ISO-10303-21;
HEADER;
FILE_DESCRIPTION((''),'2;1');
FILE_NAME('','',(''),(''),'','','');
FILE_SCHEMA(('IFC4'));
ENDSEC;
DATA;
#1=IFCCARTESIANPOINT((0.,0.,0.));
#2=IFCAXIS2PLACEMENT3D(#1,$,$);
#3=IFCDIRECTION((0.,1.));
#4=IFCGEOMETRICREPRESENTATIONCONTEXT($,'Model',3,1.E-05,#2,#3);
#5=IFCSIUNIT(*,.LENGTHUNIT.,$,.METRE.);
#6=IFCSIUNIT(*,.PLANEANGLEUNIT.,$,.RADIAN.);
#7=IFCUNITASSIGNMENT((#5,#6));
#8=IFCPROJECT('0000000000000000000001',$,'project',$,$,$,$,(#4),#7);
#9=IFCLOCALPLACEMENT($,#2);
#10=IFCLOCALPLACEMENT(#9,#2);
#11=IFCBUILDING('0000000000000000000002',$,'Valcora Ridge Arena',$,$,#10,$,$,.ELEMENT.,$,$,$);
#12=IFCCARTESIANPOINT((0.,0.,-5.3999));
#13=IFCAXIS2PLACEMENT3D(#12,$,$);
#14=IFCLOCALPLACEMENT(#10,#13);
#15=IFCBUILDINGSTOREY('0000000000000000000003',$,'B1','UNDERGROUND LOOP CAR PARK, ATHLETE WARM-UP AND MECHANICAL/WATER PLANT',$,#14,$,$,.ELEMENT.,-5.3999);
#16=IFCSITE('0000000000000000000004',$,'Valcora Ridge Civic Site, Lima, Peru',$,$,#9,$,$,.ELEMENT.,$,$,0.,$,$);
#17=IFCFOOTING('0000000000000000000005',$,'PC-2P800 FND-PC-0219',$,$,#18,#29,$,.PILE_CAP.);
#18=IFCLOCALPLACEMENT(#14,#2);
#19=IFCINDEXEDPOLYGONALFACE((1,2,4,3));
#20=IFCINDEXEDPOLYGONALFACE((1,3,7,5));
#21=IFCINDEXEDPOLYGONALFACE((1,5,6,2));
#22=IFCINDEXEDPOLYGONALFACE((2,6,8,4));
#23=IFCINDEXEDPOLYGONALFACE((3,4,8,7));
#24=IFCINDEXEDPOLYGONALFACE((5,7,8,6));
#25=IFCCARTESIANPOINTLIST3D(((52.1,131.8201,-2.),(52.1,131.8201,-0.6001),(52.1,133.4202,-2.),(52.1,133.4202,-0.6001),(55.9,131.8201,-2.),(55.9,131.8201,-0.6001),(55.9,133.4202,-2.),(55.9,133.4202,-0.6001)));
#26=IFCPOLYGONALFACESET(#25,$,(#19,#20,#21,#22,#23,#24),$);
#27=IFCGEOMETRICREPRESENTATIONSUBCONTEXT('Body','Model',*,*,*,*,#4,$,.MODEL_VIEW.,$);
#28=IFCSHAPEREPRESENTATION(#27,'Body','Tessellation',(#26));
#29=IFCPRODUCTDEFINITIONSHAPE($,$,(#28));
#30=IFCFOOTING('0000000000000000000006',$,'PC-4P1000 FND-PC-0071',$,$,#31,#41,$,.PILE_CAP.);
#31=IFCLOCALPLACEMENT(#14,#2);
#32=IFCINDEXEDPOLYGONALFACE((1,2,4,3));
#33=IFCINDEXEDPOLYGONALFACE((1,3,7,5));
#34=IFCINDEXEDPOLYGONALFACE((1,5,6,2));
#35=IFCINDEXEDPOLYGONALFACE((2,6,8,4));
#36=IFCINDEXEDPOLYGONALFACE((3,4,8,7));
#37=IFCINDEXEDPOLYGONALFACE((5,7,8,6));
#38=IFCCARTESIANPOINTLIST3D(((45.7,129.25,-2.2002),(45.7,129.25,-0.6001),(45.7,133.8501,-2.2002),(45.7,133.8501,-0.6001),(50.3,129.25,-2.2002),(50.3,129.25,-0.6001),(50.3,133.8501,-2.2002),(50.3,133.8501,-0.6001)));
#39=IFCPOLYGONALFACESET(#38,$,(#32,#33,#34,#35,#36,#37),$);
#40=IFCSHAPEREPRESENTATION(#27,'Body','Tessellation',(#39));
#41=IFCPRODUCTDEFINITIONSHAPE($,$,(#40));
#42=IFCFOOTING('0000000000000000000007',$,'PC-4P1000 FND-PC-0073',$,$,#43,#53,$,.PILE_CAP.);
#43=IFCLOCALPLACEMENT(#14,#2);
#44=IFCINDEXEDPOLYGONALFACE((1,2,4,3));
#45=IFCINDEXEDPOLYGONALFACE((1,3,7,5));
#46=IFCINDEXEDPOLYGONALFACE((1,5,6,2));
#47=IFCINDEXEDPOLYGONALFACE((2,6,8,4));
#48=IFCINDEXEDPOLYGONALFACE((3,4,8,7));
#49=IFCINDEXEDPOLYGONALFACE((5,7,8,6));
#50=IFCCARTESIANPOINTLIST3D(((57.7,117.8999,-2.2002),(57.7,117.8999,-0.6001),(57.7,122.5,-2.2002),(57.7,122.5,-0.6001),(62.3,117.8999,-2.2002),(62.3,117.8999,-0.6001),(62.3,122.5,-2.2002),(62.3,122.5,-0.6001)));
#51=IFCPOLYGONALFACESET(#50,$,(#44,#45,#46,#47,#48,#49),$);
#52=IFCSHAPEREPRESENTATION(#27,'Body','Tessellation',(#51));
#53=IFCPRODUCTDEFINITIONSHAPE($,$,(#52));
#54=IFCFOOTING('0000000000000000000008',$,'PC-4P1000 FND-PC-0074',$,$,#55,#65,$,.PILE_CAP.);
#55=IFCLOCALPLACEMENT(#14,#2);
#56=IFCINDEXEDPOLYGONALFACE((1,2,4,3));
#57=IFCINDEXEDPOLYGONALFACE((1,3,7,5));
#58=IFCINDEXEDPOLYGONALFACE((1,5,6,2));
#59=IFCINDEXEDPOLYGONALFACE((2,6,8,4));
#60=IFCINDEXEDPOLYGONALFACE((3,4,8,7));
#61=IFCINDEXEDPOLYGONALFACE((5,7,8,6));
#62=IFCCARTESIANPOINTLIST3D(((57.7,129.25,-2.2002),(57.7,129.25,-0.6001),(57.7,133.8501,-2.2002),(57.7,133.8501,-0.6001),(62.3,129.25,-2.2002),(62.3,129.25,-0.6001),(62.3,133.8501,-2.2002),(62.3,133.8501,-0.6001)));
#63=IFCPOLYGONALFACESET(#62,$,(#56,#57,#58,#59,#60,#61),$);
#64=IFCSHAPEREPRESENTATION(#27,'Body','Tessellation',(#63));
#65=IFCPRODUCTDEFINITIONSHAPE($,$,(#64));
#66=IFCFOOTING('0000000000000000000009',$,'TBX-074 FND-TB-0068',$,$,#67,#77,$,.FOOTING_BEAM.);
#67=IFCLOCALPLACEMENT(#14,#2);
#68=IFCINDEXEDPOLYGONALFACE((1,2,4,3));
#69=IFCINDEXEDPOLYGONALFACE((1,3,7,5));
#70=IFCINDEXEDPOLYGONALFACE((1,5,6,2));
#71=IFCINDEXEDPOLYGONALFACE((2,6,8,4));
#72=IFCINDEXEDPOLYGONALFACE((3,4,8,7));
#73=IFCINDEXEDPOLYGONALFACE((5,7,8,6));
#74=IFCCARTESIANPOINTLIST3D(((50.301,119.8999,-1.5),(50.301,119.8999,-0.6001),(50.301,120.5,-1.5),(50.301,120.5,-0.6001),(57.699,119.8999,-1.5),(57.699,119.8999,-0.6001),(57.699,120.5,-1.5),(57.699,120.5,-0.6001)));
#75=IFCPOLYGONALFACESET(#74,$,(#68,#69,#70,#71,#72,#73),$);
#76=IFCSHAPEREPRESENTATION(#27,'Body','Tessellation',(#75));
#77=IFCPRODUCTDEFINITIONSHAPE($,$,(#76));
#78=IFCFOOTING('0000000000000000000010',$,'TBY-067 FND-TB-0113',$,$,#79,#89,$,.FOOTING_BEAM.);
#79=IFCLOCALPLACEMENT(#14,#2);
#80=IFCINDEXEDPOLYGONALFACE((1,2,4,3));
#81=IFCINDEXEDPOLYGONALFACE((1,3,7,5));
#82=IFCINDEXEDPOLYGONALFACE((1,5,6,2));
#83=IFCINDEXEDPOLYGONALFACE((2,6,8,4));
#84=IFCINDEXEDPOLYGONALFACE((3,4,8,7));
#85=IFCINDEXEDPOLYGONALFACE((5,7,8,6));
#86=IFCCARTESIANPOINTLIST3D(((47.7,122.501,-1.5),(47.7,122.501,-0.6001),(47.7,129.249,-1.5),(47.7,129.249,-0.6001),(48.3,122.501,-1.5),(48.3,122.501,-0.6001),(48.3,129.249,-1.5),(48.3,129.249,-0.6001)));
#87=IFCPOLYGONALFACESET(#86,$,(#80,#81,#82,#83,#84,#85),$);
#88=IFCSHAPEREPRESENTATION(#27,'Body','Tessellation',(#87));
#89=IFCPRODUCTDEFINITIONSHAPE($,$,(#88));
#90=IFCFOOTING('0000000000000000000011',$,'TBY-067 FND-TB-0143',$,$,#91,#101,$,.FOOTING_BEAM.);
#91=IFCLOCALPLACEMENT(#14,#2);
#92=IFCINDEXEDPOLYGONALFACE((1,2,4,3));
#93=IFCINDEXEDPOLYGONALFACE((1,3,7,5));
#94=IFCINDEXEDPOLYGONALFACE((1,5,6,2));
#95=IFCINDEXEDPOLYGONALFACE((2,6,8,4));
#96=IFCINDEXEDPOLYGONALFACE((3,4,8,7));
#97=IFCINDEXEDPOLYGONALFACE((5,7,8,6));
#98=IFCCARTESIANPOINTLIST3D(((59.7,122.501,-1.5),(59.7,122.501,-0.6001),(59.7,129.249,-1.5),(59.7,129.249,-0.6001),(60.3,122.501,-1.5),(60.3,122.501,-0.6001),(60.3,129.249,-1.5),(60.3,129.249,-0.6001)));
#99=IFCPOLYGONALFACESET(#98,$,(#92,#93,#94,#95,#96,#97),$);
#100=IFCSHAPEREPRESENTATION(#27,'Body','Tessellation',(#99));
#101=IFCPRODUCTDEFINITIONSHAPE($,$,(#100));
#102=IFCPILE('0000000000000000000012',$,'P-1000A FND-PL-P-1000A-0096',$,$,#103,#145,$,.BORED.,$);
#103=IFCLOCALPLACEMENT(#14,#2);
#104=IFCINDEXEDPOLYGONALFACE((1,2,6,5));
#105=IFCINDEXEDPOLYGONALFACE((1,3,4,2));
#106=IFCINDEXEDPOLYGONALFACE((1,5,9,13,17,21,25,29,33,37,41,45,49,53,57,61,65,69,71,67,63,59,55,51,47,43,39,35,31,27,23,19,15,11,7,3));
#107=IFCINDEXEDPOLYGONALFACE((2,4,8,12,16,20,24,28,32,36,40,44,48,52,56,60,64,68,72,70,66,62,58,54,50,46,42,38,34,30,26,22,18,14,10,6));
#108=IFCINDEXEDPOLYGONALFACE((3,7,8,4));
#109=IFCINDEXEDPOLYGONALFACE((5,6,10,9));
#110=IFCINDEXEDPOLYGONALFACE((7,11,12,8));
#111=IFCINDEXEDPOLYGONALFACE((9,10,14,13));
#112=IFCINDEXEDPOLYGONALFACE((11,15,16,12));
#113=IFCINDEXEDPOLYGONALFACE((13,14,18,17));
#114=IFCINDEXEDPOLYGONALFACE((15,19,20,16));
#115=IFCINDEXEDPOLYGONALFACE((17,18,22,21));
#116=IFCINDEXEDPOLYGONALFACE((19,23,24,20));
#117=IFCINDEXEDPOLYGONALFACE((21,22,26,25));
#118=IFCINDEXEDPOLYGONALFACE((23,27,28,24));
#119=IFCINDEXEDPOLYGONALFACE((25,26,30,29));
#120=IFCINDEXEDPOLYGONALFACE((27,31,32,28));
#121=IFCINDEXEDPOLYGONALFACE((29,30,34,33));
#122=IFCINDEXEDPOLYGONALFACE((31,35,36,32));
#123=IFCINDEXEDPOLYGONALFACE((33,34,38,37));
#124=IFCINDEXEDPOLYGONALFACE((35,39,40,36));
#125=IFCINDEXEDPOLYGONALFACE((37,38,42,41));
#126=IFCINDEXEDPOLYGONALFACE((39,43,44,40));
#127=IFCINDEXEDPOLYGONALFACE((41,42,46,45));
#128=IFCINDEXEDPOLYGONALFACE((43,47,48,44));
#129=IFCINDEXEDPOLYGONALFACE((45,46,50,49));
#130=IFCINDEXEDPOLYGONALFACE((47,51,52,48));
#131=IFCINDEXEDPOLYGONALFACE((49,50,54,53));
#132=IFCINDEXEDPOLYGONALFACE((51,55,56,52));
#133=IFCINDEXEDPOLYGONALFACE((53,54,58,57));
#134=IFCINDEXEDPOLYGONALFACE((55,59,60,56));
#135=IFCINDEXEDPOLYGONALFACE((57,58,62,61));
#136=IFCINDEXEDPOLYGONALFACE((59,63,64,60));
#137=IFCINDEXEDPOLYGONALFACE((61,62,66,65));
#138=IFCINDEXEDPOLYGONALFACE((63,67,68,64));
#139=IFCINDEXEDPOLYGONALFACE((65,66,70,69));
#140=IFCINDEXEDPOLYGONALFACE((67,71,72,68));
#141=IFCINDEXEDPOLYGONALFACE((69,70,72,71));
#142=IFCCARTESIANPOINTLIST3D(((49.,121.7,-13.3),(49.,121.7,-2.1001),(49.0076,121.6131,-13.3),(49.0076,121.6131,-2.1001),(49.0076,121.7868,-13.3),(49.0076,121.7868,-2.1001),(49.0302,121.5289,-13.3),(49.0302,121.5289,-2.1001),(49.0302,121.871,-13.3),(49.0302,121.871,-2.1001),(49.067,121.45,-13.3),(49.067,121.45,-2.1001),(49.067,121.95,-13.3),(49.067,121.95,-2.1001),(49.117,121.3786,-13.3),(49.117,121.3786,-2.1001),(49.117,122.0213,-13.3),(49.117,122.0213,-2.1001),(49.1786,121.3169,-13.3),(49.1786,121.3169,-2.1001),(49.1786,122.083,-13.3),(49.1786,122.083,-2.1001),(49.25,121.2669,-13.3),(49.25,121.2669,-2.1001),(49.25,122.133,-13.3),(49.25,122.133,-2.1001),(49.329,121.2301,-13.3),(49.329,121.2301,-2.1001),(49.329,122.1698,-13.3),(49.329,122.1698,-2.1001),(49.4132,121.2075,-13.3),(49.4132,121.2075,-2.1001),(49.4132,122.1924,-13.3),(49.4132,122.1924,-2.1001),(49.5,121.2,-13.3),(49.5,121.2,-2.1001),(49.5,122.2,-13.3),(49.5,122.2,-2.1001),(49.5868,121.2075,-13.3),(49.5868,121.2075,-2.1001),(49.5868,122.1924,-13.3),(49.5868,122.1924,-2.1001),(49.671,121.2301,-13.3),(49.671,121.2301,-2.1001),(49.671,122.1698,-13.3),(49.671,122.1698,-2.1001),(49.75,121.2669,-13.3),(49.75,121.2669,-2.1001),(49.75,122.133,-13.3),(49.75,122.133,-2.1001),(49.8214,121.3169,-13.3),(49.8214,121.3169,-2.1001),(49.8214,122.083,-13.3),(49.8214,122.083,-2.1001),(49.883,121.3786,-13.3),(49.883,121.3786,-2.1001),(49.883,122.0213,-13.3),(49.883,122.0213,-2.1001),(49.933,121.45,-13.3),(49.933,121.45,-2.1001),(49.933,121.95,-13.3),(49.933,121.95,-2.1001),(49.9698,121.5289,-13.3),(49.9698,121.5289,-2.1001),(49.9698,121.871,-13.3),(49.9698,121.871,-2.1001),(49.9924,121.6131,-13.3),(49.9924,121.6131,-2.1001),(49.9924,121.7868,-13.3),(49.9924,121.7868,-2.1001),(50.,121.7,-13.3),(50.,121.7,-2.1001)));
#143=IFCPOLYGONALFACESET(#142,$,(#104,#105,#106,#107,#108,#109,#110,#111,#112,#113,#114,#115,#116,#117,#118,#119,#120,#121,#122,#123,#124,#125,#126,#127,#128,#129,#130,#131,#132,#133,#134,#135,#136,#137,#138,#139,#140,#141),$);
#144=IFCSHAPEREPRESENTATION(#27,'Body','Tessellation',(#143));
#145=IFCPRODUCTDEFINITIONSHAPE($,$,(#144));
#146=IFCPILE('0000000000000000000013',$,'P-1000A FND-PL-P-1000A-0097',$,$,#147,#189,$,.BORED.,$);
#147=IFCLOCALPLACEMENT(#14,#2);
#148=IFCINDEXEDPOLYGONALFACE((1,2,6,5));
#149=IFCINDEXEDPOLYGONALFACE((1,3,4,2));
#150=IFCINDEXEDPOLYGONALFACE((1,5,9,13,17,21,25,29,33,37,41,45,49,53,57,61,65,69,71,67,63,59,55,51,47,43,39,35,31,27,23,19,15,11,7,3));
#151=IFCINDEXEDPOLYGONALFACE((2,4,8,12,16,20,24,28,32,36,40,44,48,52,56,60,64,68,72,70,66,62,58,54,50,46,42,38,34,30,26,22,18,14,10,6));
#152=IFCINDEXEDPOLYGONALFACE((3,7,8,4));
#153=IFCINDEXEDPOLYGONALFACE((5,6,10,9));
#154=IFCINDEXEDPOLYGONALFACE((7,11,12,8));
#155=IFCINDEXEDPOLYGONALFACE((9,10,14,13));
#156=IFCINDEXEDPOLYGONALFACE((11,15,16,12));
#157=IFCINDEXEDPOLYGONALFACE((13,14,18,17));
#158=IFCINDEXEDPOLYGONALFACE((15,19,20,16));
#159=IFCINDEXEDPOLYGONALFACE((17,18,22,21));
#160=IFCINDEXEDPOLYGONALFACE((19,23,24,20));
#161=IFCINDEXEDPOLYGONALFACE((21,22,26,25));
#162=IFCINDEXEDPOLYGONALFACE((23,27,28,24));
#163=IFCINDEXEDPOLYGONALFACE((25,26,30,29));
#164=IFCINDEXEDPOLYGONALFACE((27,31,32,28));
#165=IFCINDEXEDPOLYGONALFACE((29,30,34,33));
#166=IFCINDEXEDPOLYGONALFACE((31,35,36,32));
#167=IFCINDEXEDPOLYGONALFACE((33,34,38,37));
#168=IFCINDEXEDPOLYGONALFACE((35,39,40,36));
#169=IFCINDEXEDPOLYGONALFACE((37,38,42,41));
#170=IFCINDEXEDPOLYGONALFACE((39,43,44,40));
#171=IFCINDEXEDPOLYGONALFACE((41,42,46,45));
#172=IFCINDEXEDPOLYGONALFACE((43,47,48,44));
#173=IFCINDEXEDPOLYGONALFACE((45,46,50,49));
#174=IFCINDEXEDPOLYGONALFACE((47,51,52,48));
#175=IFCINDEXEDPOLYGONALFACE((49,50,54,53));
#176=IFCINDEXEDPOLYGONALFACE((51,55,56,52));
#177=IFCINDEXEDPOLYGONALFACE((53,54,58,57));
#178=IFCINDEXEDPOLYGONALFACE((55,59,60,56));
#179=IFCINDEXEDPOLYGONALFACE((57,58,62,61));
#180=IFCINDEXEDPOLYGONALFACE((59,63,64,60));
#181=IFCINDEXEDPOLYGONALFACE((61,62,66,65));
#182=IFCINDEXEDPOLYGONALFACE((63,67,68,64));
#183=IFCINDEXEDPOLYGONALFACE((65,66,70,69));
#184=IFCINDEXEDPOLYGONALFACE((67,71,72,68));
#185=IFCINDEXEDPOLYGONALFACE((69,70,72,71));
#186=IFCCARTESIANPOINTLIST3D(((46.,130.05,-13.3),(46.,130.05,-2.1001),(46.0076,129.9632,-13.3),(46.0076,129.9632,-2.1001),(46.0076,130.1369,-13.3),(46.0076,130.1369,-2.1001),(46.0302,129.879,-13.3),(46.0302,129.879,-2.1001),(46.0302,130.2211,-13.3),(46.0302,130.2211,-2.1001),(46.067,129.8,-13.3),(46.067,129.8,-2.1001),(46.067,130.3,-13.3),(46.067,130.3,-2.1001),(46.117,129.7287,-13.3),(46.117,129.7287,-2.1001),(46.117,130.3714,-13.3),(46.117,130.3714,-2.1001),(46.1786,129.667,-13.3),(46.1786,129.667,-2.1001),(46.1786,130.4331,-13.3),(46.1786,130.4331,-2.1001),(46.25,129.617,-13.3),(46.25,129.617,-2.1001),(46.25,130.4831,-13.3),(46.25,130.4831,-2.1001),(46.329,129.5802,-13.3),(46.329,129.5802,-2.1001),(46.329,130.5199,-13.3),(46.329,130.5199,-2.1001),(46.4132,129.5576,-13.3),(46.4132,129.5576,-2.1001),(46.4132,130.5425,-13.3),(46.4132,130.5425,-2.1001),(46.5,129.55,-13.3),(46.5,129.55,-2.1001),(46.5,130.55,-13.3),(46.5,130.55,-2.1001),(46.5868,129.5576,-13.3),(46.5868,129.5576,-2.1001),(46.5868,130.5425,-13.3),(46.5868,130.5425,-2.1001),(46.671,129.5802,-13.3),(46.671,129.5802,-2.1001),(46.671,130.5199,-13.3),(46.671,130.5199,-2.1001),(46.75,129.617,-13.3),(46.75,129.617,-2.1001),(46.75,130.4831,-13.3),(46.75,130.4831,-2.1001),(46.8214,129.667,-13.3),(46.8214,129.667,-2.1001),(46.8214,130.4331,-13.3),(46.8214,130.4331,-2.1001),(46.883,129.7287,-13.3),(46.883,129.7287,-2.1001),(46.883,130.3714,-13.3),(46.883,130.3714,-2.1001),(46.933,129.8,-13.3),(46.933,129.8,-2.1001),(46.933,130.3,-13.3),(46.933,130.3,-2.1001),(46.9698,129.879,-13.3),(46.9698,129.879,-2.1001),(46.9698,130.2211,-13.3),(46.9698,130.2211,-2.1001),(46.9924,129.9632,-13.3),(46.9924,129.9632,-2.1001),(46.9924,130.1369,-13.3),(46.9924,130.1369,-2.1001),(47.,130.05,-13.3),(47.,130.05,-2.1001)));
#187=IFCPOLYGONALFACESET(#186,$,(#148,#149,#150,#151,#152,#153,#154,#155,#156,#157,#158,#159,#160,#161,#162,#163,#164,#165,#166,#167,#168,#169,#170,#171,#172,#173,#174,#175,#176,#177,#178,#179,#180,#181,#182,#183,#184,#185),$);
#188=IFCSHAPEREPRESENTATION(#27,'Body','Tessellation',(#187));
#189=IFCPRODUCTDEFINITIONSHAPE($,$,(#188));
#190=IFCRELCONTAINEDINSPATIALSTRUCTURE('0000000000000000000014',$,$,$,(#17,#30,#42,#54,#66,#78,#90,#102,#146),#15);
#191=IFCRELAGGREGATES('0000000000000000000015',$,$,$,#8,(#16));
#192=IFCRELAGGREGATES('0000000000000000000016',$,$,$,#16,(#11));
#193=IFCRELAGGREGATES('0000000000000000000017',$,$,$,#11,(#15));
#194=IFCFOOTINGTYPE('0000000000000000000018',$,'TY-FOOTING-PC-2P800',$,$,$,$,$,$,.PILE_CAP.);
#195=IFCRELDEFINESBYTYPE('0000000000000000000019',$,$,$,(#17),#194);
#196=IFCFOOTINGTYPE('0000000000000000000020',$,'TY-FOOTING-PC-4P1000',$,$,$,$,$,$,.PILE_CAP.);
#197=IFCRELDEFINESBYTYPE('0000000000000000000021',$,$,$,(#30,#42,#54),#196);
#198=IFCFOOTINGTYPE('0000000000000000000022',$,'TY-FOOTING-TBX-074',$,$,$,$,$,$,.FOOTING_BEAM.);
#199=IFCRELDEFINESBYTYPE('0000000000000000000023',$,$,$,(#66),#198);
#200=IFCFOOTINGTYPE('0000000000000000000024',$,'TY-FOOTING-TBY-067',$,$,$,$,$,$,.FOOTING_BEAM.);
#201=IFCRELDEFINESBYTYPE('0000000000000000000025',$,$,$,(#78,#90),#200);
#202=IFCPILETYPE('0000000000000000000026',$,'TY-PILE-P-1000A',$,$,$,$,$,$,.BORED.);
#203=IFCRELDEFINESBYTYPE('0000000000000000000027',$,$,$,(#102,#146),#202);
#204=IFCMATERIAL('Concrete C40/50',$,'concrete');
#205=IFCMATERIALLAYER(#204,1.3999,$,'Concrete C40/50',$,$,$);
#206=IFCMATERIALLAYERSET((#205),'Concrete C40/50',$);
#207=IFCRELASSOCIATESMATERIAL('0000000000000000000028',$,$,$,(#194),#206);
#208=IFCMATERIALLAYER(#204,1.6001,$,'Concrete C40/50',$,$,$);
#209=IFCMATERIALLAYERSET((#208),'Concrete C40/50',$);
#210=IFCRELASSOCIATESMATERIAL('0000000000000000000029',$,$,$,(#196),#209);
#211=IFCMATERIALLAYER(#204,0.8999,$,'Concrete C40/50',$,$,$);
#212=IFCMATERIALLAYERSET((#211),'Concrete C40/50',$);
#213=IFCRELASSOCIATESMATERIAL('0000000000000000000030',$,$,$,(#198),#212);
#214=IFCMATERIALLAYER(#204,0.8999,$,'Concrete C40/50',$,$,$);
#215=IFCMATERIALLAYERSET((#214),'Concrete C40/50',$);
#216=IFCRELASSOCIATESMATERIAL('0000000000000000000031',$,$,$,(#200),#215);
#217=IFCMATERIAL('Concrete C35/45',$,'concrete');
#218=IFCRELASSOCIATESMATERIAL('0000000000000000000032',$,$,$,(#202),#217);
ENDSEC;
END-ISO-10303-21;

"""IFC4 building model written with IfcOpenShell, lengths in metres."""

from ifc_helpers import new_model, si_unit, direction, frame, origin, origin_2d, place, context, subcontext, project, spatial, rectangle, circle, extrude, material, layer, layer_set, material_profile, profile_set, type_object, element, save


model = new_model("IFC4")

# Units and contexts
model_context = context("Model", 3, precision=1e-05, world=origin(), true_north=direction((0.0, 1.0)))
body_context = subcontext(model_context, "Body", "Model", "MODEL_VIEW")
ifc_project = project(units=[si_unit("LENGTHUNIT", "METRE"), si_unit("PLANEANGLEUNIT", "RADIAN")], contexts=[model_context])

# Site, building, storey
site_placement = place(None, origin())
site = spatial("IfcSite", under=ifc_project, at=site_placement, Name="Valcora Ridge Civic Site, Lima, Peru", CompositionType="ELEMENT", RefElevation=0.0)
building_placement = place(site_placement, origin())
building = spatial("IfcBuilding", under=site, at=building_placement, Name="Valcora Ridge Arena", CompositionType="ELEMENT")
storey_placement = place(building_placement, frame((0.0, 0.0, -5.3999)))
storey = spatial("IfcBuildingStorey", under=building, at=storey_placement, Name="B1", Description="UNDERGROUND LOOP CAR PARK, ATHLETE WARM-UP AND MECHANICAL/WATER PLANT", CompositionType="ELEMENT", Elevation=-5.3999)

# Footings
ifc_material_1 = material(Name="Concrete C40/50", Category="concrete")
ifc_layer_1 = layer(ifc_material_1, 1.3999, Name="Concrete C40/50")
ifc_layer_set_1 = layer_set([ifc_layer_1], Name="Concrete C40/50")
footing_type_1 = type_object("IfcFootingType", Name="TY-FOOTING-PC-2P800", PredefinedType="PILE_CAP", material=ifc_layer_set_1)
footing_1_placement = place(storey_placement, frame((54.0, 132.6201, -2.0), z_axis=(0.0, 0.0, 1.0), x_axis=(1.0, 0.0, 0.0)))
element("IfcFooting", 1, at=footing_1_placement, inside=storey, type_object=footing_type_1, Name="PC-2P800 FND-PC-0219", PredefinedType="PILE_CAP", context=body_context, shape_type="SweptSolid", body=[
    extrude(rectangle(XDim=3.8, YDim=1.6001, at=origin_2d()), origin(), (0.0, 0.0, 1.0), 1.3999),
])
ifc_layer_2 = layer(ifc_material_1, 1.6001, Name="Concrete C40/50")
ifc_layer_set_2 = layer_set([ifc_layer_2], Name="Concrete C40/50")
footing_type_2 = type_object("IfcFootingType", Name="TY-FOOTING-PC-4P1000", PredefinedType="PILE_CAP", material=ifc_layer_set_2)
for number, where, z_axis, x_axis, name in (
    (2, (48.0, 131.55, -2.2002), (0.0, 0.0, 1.0), (1.0, 0.0, 0.0), "PC-4P1000 FND-PC-0071"),
    (3, (60.0, 120.2, -2.2002), (0.0, 0.0, 1.0), (1.0, 0.0, 0.0), "PC-4P1000 FND-PC-0073"),
    (4, (60.0, 131.55, -2.2002), (0.0, 0.0, 1.0), (1.0, 0.0, 0.0), "PC-4P1000 FND-PC-0074"),
):
    element("IfcFooting", number, at=place(storey_placement, frame(where, z_axis=z_axis, x_axis=x_axis)), inside=storey, type_object=footing_type_2, Name=name, PredefinedType="PILE_CAP", context=body_context, shape_type="SweptSolid", body=[
        extrude(rectangle(XDim=4.6001, YDim=4.6001, at=origin_2d()), origin(), (0.0, 0.0, 1.0), 1.6001),
    ])
ifc_layer_3 = layer(ifc_material_1, 0.8999, Name="Concrete C40/50")
ifc_layer_set_3 = layer_set([ifc_layer_3], Name="Concrete C40/50")
footing_type_3 = type_object("IfcFootingType", Name="TY-FOOTING-TBX-074", PredefinedType="FOOTING_BEAM", material=ifc_layer_set_3)
footing_2_placement = place(storey_placement, frame((54.0, 120.2, -1.5), z_axis=(0.0, 0.0, 1.0), x_axis=(1.0, 0.0, 0.0)))
element("IfcFooting", 5, at=footing_2_placement, inside=storey, type_object=footing_type_3, Name="TBX-074 FND-TB-0068", PredefinedType="FOOTING_BEAM", context=body_context, shape_type="SweptSolid", body=[
    extrude(rectangle(XDim=7.3979, YDim=0.6001, at=origin_2d()), origin(), (0.0, 0.0, 1.0), 0.8999),
])
ifc_layer_4 = layer(ifc_material_1, 0.8999, Name="Concrete C40/50")
ifc_layer_set_4 = layer_set([ifc_layer_4], Name="Concrete C40/50")
footing_type_4 = type_object("IfcFootingType", Name="TY-FOOTING-TBY-067", PredefinedType="FOOTING_BEAM", material=ifc_layer_set_4)
for number, where, z_axis, x_axis, name in (
    (6, (48.0, 125.875, -1.5), (0.0, 0.0, 1.0), (1.0, 0.0, 0.0), "TBY-067 FND-TB-0113"),
    (7, (60.0, 125.875, -1.5), (0.0, 0.0, 1.0), (1.0, 0.0, 0.0), "TBY-067 FND-TB-0143"),
):
    element("IfcFooting", number, at=place(storey_placement, frame(where, z_axis=z_axis, x_axis=x_axis)), inside=storey, type_object=footing_type_4, Name=name, PredefinedType="FOOTING_BEAM", context=body_context, shape_type="SweptSolid", body=[
        extrude(rectangle(XDim=0.6001, YDim=6.748, at=origin_2d()), origin(), (0.0, 0.0, 1.0), 0.8999),
    ])

# Piles
ifc_material_2 = material(Name="Concrete C35/45", Category="concrete")
ifc_material_profile_1 = material_profile(ifc_material_2, circle(Radius=0.5, at=origin_2d()), Name="BORED PILE D1000")
ifc_profile_set_1 = profile_set([ifc_material_profile_1], Name="Concrete C35/45")
pile_type_1 = type_object("IfcPileType", Name="TY-PILE-P-1000A", PredefinedType="BORED", material=ifc_profile_set_1)
for number, where, z_axis, x_axis, name in (
    (8, (49.5, 121.7, -2.1001), (0.0, 0.0, -1.0), (1.0, 0.0, 0.0), "P-1000A FND-PL-P-1000A-0096"),
    (9, (46.5, 130.05, -2.1001), (0.0, 0.0, -1.0), (1.0, 0.0, 0.0), "P-1000A FND-PL-P-1000A-0097"),
):
    element("IfcPile", number, at=place(storey_placement, frame(where, z_axis=z_axis, x_axis=x_axis)), inside=storey, type_object=pile_type_1, Name=name, PredefinedType="BORED", context=body_context, shape_type="SweptSolid", body=[
        extrude(circle(Radius=0.5, at=origin_2d()), origin(), (0.0, 0.0, 1.0), 11.2),
    ])

save(model, "model.ifc")
